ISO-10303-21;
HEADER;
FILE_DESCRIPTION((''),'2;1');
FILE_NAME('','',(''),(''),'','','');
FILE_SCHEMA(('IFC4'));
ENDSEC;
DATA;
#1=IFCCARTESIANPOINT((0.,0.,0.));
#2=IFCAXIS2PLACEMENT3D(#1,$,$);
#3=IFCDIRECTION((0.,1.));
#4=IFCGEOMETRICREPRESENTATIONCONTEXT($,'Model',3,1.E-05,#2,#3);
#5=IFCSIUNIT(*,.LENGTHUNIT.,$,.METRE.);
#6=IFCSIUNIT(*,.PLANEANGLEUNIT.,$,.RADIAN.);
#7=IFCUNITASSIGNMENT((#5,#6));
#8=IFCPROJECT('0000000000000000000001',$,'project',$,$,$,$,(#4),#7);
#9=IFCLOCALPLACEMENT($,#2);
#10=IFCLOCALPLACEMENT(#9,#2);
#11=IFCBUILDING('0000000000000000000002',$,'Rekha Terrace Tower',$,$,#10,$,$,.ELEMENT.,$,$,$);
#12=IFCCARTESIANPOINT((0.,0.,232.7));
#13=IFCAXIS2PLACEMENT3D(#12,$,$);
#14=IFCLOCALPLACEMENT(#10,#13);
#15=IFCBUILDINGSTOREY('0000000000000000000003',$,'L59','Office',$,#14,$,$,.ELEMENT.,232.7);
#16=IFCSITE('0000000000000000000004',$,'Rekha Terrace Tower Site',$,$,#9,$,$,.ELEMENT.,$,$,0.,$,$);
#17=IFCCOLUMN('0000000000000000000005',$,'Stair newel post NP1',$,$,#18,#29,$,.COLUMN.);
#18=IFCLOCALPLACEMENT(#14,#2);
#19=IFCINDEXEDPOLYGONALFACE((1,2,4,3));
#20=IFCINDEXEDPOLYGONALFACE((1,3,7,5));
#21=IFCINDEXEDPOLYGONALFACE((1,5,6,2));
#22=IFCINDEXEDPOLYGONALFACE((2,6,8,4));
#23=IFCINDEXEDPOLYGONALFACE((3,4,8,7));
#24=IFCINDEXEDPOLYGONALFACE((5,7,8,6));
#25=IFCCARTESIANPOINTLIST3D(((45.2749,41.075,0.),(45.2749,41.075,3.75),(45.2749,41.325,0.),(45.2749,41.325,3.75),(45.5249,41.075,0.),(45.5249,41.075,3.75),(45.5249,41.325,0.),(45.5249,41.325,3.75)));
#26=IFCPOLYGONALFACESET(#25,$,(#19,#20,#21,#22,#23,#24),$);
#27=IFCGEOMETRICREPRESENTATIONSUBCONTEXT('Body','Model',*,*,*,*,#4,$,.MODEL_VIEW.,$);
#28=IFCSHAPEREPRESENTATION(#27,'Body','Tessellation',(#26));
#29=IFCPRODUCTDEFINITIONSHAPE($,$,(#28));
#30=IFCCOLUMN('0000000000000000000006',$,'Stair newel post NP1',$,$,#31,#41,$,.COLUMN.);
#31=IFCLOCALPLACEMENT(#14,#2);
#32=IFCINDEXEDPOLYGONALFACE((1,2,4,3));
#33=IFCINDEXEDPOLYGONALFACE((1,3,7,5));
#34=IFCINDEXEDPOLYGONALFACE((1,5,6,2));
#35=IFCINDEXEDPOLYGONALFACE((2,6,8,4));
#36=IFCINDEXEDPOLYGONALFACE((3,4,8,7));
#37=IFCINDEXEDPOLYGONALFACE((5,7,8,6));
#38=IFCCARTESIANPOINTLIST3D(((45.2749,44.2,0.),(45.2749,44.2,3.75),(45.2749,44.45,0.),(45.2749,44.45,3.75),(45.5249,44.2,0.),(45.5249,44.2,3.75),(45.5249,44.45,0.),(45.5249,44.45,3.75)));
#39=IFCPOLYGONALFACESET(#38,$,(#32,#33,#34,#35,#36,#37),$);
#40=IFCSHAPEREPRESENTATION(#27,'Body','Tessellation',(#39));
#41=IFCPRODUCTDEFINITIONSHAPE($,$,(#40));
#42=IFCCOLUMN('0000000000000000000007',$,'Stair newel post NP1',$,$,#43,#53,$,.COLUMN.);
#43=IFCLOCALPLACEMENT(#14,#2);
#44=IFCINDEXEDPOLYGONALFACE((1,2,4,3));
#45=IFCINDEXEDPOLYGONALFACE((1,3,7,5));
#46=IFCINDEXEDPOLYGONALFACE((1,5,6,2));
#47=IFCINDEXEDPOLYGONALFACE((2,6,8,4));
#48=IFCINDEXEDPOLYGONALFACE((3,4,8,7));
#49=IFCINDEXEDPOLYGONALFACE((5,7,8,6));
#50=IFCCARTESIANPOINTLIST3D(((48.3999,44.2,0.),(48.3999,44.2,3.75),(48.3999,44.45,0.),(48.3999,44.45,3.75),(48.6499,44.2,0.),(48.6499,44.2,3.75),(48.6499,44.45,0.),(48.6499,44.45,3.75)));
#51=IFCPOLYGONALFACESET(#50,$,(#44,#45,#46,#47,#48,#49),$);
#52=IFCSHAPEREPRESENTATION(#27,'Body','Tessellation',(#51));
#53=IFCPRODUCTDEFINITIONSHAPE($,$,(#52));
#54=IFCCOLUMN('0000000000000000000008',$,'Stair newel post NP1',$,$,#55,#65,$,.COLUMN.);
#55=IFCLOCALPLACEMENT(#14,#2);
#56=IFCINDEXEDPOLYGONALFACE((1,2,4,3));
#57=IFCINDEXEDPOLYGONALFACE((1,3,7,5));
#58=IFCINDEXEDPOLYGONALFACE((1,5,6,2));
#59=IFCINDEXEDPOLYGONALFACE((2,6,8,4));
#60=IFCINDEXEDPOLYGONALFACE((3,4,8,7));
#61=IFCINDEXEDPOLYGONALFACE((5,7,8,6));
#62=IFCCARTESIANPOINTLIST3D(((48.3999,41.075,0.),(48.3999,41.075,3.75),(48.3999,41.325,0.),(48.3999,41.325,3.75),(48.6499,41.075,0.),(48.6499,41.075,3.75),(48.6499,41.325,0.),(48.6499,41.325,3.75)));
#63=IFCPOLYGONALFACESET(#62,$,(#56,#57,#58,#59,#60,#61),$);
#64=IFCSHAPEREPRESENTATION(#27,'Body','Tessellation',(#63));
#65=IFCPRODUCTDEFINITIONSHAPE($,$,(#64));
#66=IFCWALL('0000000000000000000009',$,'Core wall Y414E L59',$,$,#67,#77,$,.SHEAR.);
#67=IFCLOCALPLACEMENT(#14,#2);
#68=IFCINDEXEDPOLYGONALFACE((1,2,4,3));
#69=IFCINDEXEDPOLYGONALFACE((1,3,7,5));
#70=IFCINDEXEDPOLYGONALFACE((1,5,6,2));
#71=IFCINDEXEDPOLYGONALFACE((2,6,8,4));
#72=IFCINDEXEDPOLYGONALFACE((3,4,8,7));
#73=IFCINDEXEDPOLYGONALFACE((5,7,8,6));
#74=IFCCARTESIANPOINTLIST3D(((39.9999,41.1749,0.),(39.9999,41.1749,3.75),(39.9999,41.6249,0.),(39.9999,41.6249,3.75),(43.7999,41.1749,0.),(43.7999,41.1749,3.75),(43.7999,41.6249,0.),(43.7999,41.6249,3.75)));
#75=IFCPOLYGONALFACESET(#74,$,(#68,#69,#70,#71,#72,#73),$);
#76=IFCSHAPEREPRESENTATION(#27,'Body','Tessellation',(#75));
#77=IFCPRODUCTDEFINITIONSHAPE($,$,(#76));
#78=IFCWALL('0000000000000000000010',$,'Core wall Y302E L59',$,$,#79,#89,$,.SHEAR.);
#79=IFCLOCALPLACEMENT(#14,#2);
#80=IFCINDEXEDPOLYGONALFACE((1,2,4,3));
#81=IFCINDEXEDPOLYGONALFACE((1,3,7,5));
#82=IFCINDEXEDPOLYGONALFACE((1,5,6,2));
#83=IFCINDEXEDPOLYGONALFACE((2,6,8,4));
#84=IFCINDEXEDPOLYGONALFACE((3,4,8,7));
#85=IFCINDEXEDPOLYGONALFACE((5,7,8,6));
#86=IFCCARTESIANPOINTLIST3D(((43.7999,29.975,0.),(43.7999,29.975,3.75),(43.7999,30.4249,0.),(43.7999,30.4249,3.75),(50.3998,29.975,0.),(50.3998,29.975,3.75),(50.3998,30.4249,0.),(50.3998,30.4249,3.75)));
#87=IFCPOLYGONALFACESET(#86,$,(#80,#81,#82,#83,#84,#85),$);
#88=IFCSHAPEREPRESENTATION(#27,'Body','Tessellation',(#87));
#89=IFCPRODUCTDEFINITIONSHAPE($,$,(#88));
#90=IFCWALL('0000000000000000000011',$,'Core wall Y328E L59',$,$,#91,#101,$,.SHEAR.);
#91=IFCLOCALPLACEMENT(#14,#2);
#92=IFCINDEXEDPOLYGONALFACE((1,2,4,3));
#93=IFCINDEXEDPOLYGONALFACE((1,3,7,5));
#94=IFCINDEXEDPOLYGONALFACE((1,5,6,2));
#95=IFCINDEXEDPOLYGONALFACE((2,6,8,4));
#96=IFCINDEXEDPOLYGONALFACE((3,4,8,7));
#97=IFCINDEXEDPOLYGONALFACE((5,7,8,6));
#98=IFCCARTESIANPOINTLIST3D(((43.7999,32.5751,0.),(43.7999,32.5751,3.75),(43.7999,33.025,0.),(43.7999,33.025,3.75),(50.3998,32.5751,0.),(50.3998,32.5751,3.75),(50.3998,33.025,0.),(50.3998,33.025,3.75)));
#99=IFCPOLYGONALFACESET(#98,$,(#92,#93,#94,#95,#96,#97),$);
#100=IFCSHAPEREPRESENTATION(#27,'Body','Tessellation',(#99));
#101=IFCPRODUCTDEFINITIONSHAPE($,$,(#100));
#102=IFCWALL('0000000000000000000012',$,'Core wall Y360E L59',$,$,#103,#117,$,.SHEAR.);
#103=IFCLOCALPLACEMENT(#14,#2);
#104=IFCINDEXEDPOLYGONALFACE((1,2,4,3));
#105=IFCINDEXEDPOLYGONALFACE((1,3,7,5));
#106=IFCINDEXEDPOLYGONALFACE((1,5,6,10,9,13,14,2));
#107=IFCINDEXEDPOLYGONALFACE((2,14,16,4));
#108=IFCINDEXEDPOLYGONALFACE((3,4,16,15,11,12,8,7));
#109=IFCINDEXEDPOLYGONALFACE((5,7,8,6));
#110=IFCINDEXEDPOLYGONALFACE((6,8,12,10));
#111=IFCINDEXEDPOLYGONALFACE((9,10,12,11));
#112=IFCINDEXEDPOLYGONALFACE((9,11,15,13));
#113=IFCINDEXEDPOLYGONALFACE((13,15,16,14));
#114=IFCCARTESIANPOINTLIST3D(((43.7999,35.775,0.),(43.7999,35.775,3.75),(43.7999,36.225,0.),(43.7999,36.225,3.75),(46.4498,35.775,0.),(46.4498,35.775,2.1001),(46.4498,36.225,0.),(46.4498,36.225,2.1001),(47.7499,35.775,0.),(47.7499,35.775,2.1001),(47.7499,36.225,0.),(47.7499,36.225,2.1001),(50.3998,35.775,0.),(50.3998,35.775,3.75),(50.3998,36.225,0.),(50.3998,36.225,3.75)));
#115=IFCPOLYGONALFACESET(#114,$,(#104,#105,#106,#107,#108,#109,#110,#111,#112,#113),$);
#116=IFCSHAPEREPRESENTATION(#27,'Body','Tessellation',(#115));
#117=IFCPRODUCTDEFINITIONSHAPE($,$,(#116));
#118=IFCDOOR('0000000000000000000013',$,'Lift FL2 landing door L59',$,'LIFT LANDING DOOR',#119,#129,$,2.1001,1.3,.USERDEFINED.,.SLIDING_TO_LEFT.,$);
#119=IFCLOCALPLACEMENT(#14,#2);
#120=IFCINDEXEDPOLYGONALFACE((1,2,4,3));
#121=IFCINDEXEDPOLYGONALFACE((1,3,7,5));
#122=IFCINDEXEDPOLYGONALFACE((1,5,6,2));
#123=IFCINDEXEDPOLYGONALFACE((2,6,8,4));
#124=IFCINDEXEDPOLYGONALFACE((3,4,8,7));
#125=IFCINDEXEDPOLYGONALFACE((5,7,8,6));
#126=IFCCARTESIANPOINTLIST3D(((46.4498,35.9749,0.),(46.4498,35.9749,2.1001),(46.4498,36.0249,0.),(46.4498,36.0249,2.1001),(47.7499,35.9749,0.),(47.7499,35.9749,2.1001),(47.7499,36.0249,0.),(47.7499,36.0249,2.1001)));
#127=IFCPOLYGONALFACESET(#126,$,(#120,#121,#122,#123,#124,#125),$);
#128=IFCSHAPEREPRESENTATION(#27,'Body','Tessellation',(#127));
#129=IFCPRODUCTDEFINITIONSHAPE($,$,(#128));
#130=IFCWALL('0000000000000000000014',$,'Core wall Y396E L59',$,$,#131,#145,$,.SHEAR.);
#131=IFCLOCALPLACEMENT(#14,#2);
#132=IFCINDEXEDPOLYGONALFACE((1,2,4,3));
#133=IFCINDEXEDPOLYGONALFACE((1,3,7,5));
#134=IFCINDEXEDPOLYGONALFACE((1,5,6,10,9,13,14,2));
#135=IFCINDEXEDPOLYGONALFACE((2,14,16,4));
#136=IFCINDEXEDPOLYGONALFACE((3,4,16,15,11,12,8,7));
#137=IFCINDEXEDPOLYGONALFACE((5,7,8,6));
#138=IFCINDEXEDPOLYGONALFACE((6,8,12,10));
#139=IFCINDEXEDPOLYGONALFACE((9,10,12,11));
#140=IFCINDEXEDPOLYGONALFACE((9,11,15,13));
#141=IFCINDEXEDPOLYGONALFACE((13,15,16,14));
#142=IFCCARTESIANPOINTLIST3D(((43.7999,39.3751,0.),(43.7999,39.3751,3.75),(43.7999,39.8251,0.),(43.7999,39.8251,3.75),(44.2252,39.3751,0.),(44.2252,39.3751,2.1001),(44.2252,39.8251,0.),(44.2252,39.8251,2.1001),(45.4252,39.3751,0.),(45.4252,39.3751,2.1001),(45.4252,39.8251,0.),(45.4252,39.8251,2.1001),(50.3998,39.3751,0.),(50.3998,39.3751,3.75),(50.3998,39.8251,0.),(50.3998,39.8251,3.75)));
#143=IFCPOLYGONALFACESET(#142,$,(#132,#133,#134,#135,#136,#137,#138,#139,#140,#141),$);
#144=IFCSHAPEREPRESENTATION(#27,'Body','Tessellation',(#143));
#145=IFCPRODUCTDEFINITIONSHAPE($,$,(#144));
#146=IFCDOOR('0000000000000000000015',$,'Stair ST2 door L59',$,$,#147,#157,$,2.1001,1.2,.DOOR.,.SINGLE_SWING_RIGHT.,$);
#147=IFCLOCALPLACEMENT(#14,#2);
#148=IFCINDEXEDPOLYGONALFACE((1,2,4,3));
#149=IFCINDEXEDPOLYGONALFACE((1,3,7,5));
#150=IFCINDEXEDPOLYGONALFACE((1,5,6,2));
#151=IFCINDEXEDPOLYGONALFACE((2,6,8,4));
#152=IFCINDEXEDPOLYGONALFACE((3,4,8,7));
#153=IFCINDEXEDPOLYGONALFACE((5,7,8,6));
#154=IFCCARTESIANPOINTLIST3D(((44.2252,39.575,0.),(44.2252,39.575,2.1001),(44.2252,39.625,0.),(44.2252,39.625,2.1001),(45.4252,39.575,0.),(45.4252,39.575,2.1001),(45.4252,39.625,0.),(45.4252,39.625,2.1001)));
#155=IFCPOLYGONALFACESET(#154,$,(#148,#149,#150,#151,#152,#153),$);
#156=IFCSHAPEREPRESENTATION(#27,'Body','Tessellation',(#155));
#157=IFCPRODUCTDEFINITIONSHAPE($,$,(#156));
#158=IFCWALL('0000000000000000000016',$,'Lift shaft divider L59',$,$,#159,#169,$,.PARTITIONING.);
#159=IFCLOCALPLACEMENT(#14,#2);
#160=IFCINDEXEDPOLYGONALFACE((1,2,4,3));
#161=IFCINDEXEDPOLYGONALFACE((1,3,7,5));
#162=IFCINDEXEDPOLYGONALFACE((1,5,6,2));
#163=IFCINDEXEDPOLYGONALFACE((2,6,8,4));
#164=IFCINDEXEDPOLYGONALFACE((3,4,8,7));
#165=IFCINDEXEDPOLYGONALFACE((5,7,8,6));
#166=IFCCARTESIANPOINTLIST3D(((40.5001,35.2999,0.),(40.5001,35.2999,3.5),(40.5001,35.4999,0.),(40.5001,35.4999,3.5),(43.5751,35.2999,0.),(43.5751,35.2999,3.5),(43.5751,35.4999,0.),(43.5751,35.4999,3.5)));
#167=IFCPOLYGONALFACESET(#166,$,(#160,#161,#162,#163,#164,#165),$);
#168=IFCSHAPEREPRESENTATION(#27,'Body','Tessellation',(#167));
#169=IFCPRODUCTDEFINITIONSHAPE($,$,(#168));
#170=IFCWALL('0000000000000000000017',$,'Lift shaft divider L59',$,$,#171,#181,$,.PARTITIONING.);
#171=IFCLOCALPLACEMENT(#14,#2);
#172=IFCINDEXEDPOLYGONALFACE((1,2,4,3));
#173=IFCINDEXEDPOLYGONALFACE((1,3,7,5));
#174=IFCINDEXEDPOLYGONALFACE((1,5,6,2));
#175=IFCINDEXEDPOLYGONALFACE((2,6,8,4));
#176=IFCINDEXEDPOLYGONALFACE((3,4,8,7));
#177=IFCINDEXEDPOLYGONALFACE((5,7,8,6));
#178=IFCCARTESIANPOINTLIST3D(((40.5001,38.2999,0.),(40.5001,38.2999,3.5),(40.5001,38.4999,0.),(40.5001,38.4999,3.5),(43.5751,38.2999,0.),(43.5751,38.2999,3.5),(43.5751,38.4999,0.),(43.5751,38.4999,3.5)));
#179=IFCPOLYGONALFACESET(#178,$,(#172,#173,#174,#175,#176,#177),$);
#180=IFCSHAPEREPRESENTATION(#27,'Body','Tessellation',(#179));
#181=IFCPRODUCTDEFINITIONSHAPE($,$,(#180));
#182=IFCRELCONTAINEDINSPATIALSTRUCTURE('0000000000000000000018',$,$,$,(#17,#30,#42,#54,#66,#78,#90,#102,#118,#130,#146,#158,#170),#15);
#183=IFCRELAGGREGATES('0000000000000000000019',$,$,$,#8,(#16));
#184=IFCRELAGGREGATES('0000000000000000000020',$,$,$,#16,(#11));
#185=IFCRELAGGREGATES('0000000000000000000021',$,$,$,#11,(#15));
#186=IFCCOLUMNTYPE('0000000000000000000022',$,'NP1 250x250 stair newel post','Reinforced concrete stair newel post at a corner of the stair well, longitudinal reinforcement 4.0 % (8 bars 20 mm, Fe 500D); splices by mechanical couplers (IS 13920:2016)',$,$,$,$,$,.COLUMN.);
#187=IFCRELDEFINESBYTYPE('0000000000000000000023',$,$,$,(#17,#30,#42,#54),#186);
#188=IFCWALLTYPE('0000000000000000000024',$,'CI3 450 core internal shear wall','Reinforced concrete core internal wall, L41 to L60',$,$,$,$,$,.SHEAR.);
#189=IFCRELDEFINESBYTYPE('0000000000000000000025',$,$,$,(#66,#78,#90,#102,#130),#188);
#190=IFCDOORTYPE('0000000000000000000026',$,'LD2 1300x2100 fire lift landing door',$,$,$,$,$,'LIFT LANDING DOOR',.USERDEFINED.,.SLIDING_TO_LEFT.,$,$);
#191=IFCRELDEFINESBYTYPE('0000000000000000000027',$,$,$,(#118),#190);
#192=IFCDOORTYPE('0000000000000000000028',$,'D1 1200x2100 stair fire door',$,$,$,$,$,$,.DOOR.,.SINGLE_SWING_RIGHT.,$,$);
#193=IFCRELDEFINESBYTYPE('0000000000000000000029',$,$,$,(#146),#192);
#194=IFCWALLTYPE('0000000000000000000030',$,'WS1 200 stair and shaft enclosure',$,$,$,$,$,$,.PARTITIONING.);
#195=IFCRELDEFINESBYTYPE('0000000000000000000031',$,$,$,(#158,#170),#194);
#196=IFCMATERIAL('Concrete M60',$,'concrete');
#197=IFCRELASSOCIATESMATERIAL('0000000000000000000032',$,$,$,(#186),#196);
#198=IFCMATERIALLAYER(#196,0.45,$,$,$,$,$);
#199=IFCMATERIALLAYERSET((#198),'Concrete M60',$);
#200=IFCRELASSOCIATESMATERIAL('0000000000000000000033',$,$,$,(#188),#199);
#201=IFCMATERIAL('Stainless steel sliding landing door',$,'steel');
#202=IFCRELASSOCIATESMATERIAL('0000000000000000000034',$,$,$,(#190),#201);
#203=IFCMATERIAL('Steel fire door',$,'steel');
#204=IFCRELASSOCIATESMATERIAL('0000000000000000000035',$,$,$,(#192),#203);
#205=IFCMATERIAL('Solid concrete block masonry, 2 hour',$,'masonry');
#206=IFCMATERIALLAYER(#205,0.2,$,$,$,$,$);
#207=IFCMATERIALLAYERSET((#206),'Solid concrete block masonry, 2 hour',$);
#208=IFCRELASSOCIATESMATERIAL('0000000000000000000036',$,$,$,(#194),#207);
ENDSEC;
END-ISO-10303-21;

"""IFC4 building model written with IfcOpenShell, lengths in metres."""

from ifc_helpers import new_model, si_unit, direction, frame, frame_2d, origin, origin_2d, place, context, subcontext, project, spatial, rectangle, extrude, material, layer, layer_set, material_profile, profile_set, type_object, element, fill, save


model = new_model("IFC4")

# Units and contexts
model_context = context("Model", 3, precision=1e-05, world=origin(), true_north=direction((0.0, 1.0)))
body_context = subcontext(model_context, "Body", "Model", "MODEL_VIEW")
ifc_project = project(units=[si_unit("LENGTHUNIT", "METRE"), si_unit("PLANEANGLEUNIT", "RADIAN")], contexts=[model_context])

# Site, building, storey
site_placement = place(None, origin())
site = spatial("IfcSite", under=ifc_project, at=site_placement, Name="Rekha Terrace Tower Site", CompositionType="ELEMENT", RefElevation=0.0)
building_placement = place(site_placement, origin())
building = spatial("IfcBuilding", under=site, at=building_placement, Name="Rekha Terrace Tower", CompositionType="ELEMENT")
storey_placement = place(building_placement, frame((0.0, 0.0, 232.7)))
storey = spatial("IfcBuildingStorey", under=building, at=storey_placement, Name="L59", Description="Office", CompositionType="ELEMENT", Elevation=232.7)

# Columns
ifc_material_1 = material(Name="Concrete M60", Category="concrete")
ifc_material_profile = material_profile(ifc_material_1, rectangle(XDim=0.25, YDim=0.25, at=origin_2d()), Name="RC 250x250")
ifc_profile_set = profile_set([ifc_material_profile], Name="Concrete M60")
column_type = type_object("IfcColumnType", Name="NP1 250x250 stair newel post", Description="Reinforced concrete stair newel post at a corner of the stair well, longitudinal reinforcement 4.0 % (8 bars 20 mm, Fe 500D); splices by mechanical couplers (IS 13920:2016)", PredefinedType="COLUMN", material=ifc_profile_set)
for number, where, z_axis, x_axis, name in (
    (1, (45.3999, 41.2, 0.0), (0.0, 0.0, 1.0), (1.0, 0.0, 0.0), "Stair newel post NP1"),
    (2, (45.3999, 44.325, 0.0), (0.0, 0.0, 1.0), (1.0, 0.0, 0.0), "Stair newel post NP1"),
    (3, (48.5249, 44.325, 0.0), (0.0, 0.0, 1.0), (1.0, 0.0, 0.0), "Stair newel post NP1"),
    (4, (48.5249, 41.2, 0.0), (0.0, 0.0, 1.0), (1.0, 0.0, 0.0), "Stair newel post NP1"),
):
    element("IfcColumn", number, at=place(storey_placement, frame(where, z_axis=z_axis, x_axis=x_axis)), inside=storey, type_object=column_type, Name=name, PredefinedType="COLUMN", context=body_context, shape_type="SweptSolid", body=[
        extrude(rectangle(XDim=0.25, YDim=0.25, at=origin_2d()), origin(), (0.0, 0.0, 1.0), 3.75),
    ])

# Walls
ifc_layer_1 = layer(ifc_material_1, 0.45)
ifc_layer_set_1 = layer_set([ifc_layer_1], Name="Concrete M60")
wall_type_1 = type_object("IfcWallType", Name="CI3 450 core internal shear wall", Description="Reinforced concrete core internal wall, L41 to L60", PredefinedType="SHEAR", material=ifc_layer_set_1)
wall_1_placement = place(storey_placement, frame((40.0, 41.3999, 0.0), z_axis=(0.0, 0.0, 1.0), x_axis=(1.0, 0.0, 0.0)))
element("IfcWall", 5, at=wall_1_placement, inside=storey, type_object=wall_type_1, Name="Core wall Y414E L59", PredefinedType="SHEAR", context=body_context, shape_type="SweptSolid", body=[
    extrude(rectangle(XDim=3.8, YDim=0.45, at=frame_2d((1.8999, 0.0))), origin(), (0.0, 0.0, 1.0), 3.75),
])
for number, where, z_axis, x_axis, name in (
    (6, (43.8, 30.2, 0.0), (0.0, 0.0, 1.0), (1.0, 0.0, 0.0), "Core wall Y302E L59"),
    (7, (43.8, 32.8, 0.0), (0.0, 0.0, 1.0), (1.0, 0.0, 0.0), "Core wall Y328E L59"),
):
    element("IfcWall", number, at=place(storey_placement, frame(where, z_axis=z_axis, x_axis=x_axis)), inside=storey, type_object=wall_type_1, Name=name, PredefinedType="SHEAR", context=body_context, shape_type="SweptSolid", body=[
        extrude(rectangle(XDim=6.5999, YDim=0.45, at=frame_2d((3.2998, 0.0))), origin(), (0.0, 0.0, 1.0), 3.75),
    ])

# Walls, openings, doors
wall_2_placement = place(storey_placement, frame((43.8, 36.0, 0.0), z_axis=(0.0, 0.0, 1.0), x_axis=(1.0, 0.0, 0.0)))
wall_2 = element("IfcWall", 8, at=wall_2_placement, inside=storey, type_object=wall_type_1, Name="Core wall Y360E L59", PredefinedType="SHEAR", context=body_context, shape_type="SweptSolid", body=[
    extrude(rectangle(XDim=6.5999, YDim=0.45, at=frame_2d((3.2998, 0.0))), origin(), (0.0, 0.0, 1.0), 3.75),
])
opening_1_placement = place(wall_2_placement, frame((2.6499, 0.0, 0.0)))
opening_1 = element("IfcOpeningElement", 9, at=opening_1_placement, cuts=wall_2, PredefinedType="OPENING", context=body_context, shape_type="SweptSolid", body=[
    extrude(rectangle(XDim=1.3, YDim=2.1001, at=frame_2d((0.6499, 1.05))), frame((0.0, 0.2349, 0.0), z_axis=(0.0, -1.0, 0.0), x_axis=(1.0, 0.0, 0.0)), (0.0, 0.0, 1.0), 0.47),
])
ifc_material_2 = material(Name="Stainless steel sliding landing door", Category="steel")
door_type_1 = type_object("IfcDoorType", Name="LD2 1300x2100 fire lift landing door", ElementType="LIFT LANDING DOOR", OperationType="SLIDING_TO_LEFT", PredefinedType="USERDEFINED", material=ifc_material_2)
door_1_placement = place(opening_1_placement, origin())
door_1 = element("IfcDoor", 10, at=door_1_placement, inside=storey, type_object=door_type_1, Name="Lift FL2 landing door L59", ObjectType="LIFT LANDING DOOR", OperationType="SLIDING_TO_LEFT", OverallHeight=2.1001, OverallWidth=1.3, PredefinedType="USERDEFINED", context=body_context, shape_type="SweptSolid", body=[
    extrude(rectangle(XDim=1.3, YDim=2.1001, at=frame_2d((0.6499, 1.05))), frame((0.0, 0.0249, 0.0), z_axis=(0.0, -1.0, 0.0), x_axis=(1.0, 0.0, 0.0)), (0.0, 0.0, 1.0), 0.05),
])
fill(opening_1, door_1)
wall_3_placement = place(storey_placement, frame((43.8, 39.6001, 0.0), z_axis=(0.0, 0.0, 1.0), x_axis=(1.0, 0.0, 0.0)))
wall_3 = element("IfcWall", 11, at=wall_3_placement, inside=storey, type_object=wall_type_1, Name="Core wall Y396E L59", PredefinedType="SHEAR", context=body_context, shape_type="SweptSolid", body=[
    extrude(rectangle(XDim=6.5999, YDim=0.45, at=frame_2d((3.2998, 0.0))), origin(), (0.0, 0.0, 1.0), 3.75),
])
opening_2_placement = place(wall_3_placement, frame((0.425, 0.0, 0.0)))
opening_2 = element("IfcOpeningElement", 12, at=opening_2_placement, cuts=wall_3, PredefinedType="OPENING", context=body_context, shape_type="SweptSolid", body=[
    extrude(rectangle(XDim=1.2, YDim=2.1001, at=frame_2d((0.6001, 1.05))), frame((0.0, 0.2349, 0.0), z_axis=(0.0, -1.0, 0.0), x_axis=(1.0, 0.0, 0.0)), (0.0, 0.0, 1.0), 0.47),
])
ifc_material_3 = material(Name="Steel fire door", Category="steel")
door_type_2 = type_object("IfcDoorType", Name="D1 1200x2100 stair fire door", OperationType="SINGLE_SWING_RIGHT", PredefinedType="DOOR", material=ifc_material_3)
door_2_placement = place(opening_2_placement, origin())
door_2 = element("IfcDoor", 13, at=door_2_placement, inside=storey, type_object=door_type_2, Name="Stair ST2 door L59", OperationType="SINGLE_SWING_RIGHT", OverallHeight=2.1001, OverallWidth=1.2, PredefinedType="DOOR", context=body_context, shape_type="SweptSolid", body=[
    extrude(rectangle(XDim=1.2, YDim=2.1001, at=frame_2d((0.6001, 1.05))), frame((0.0, 0.0249, 0.0), z_axis=(0.0, -1.0, 0.0), x_axis=(1.0, 0.0, 0.0)), (0.0, 0.0, 1.0), 0.05),
])
fill(opening_2, door_2)

# Walls
ifc_material_4 = material(Name="Solid concrete block masonry, 2 hour", Category="masonry")
ifc_layer_2 = layer(ifc_material_4, 0.2)
ifc_layer_set_2 = layer_set([ifc_layer_2], Name="Solid concrete block masonry, 2 hour")
wall_type_2 = type_object("IfcWallType", Name="WS1 200 stair and shaft enclosure", PredefinedType="PARTITIONING", material=ifc_layer_set_2)
for number, where, z_axis, x_axis, name in (
    (14, (40.5, 35.3999, 0.0), (0.0, 0.0, 1.0), (1.0, 0.0, 0.0), "Lift shaft divider L59"),
    (15, (40.5, 38.3999, 0.0), (0.0, 0.0, 1.0), (1.0, 0.0, 0.0), "Lift shaft divider L59"),
):
    element("IfcWall", number, at=place(storey_placement, frame(where, z_axis=z_axis, x_axis=x_axis)), inside=storey, type_object=wall_type_2, Name=name, PredefinedType="PARTITIONING", context=body_context, shape_type="SweptSolid", body=[
        extrude(rectangle(XDim=3.075, YDim=0.2, at=frame_2d((1.5376, 0.0))), origin(), (0.0, 0.0, 1.0), 3.5),
    ])

save(model, "model.ifc")
